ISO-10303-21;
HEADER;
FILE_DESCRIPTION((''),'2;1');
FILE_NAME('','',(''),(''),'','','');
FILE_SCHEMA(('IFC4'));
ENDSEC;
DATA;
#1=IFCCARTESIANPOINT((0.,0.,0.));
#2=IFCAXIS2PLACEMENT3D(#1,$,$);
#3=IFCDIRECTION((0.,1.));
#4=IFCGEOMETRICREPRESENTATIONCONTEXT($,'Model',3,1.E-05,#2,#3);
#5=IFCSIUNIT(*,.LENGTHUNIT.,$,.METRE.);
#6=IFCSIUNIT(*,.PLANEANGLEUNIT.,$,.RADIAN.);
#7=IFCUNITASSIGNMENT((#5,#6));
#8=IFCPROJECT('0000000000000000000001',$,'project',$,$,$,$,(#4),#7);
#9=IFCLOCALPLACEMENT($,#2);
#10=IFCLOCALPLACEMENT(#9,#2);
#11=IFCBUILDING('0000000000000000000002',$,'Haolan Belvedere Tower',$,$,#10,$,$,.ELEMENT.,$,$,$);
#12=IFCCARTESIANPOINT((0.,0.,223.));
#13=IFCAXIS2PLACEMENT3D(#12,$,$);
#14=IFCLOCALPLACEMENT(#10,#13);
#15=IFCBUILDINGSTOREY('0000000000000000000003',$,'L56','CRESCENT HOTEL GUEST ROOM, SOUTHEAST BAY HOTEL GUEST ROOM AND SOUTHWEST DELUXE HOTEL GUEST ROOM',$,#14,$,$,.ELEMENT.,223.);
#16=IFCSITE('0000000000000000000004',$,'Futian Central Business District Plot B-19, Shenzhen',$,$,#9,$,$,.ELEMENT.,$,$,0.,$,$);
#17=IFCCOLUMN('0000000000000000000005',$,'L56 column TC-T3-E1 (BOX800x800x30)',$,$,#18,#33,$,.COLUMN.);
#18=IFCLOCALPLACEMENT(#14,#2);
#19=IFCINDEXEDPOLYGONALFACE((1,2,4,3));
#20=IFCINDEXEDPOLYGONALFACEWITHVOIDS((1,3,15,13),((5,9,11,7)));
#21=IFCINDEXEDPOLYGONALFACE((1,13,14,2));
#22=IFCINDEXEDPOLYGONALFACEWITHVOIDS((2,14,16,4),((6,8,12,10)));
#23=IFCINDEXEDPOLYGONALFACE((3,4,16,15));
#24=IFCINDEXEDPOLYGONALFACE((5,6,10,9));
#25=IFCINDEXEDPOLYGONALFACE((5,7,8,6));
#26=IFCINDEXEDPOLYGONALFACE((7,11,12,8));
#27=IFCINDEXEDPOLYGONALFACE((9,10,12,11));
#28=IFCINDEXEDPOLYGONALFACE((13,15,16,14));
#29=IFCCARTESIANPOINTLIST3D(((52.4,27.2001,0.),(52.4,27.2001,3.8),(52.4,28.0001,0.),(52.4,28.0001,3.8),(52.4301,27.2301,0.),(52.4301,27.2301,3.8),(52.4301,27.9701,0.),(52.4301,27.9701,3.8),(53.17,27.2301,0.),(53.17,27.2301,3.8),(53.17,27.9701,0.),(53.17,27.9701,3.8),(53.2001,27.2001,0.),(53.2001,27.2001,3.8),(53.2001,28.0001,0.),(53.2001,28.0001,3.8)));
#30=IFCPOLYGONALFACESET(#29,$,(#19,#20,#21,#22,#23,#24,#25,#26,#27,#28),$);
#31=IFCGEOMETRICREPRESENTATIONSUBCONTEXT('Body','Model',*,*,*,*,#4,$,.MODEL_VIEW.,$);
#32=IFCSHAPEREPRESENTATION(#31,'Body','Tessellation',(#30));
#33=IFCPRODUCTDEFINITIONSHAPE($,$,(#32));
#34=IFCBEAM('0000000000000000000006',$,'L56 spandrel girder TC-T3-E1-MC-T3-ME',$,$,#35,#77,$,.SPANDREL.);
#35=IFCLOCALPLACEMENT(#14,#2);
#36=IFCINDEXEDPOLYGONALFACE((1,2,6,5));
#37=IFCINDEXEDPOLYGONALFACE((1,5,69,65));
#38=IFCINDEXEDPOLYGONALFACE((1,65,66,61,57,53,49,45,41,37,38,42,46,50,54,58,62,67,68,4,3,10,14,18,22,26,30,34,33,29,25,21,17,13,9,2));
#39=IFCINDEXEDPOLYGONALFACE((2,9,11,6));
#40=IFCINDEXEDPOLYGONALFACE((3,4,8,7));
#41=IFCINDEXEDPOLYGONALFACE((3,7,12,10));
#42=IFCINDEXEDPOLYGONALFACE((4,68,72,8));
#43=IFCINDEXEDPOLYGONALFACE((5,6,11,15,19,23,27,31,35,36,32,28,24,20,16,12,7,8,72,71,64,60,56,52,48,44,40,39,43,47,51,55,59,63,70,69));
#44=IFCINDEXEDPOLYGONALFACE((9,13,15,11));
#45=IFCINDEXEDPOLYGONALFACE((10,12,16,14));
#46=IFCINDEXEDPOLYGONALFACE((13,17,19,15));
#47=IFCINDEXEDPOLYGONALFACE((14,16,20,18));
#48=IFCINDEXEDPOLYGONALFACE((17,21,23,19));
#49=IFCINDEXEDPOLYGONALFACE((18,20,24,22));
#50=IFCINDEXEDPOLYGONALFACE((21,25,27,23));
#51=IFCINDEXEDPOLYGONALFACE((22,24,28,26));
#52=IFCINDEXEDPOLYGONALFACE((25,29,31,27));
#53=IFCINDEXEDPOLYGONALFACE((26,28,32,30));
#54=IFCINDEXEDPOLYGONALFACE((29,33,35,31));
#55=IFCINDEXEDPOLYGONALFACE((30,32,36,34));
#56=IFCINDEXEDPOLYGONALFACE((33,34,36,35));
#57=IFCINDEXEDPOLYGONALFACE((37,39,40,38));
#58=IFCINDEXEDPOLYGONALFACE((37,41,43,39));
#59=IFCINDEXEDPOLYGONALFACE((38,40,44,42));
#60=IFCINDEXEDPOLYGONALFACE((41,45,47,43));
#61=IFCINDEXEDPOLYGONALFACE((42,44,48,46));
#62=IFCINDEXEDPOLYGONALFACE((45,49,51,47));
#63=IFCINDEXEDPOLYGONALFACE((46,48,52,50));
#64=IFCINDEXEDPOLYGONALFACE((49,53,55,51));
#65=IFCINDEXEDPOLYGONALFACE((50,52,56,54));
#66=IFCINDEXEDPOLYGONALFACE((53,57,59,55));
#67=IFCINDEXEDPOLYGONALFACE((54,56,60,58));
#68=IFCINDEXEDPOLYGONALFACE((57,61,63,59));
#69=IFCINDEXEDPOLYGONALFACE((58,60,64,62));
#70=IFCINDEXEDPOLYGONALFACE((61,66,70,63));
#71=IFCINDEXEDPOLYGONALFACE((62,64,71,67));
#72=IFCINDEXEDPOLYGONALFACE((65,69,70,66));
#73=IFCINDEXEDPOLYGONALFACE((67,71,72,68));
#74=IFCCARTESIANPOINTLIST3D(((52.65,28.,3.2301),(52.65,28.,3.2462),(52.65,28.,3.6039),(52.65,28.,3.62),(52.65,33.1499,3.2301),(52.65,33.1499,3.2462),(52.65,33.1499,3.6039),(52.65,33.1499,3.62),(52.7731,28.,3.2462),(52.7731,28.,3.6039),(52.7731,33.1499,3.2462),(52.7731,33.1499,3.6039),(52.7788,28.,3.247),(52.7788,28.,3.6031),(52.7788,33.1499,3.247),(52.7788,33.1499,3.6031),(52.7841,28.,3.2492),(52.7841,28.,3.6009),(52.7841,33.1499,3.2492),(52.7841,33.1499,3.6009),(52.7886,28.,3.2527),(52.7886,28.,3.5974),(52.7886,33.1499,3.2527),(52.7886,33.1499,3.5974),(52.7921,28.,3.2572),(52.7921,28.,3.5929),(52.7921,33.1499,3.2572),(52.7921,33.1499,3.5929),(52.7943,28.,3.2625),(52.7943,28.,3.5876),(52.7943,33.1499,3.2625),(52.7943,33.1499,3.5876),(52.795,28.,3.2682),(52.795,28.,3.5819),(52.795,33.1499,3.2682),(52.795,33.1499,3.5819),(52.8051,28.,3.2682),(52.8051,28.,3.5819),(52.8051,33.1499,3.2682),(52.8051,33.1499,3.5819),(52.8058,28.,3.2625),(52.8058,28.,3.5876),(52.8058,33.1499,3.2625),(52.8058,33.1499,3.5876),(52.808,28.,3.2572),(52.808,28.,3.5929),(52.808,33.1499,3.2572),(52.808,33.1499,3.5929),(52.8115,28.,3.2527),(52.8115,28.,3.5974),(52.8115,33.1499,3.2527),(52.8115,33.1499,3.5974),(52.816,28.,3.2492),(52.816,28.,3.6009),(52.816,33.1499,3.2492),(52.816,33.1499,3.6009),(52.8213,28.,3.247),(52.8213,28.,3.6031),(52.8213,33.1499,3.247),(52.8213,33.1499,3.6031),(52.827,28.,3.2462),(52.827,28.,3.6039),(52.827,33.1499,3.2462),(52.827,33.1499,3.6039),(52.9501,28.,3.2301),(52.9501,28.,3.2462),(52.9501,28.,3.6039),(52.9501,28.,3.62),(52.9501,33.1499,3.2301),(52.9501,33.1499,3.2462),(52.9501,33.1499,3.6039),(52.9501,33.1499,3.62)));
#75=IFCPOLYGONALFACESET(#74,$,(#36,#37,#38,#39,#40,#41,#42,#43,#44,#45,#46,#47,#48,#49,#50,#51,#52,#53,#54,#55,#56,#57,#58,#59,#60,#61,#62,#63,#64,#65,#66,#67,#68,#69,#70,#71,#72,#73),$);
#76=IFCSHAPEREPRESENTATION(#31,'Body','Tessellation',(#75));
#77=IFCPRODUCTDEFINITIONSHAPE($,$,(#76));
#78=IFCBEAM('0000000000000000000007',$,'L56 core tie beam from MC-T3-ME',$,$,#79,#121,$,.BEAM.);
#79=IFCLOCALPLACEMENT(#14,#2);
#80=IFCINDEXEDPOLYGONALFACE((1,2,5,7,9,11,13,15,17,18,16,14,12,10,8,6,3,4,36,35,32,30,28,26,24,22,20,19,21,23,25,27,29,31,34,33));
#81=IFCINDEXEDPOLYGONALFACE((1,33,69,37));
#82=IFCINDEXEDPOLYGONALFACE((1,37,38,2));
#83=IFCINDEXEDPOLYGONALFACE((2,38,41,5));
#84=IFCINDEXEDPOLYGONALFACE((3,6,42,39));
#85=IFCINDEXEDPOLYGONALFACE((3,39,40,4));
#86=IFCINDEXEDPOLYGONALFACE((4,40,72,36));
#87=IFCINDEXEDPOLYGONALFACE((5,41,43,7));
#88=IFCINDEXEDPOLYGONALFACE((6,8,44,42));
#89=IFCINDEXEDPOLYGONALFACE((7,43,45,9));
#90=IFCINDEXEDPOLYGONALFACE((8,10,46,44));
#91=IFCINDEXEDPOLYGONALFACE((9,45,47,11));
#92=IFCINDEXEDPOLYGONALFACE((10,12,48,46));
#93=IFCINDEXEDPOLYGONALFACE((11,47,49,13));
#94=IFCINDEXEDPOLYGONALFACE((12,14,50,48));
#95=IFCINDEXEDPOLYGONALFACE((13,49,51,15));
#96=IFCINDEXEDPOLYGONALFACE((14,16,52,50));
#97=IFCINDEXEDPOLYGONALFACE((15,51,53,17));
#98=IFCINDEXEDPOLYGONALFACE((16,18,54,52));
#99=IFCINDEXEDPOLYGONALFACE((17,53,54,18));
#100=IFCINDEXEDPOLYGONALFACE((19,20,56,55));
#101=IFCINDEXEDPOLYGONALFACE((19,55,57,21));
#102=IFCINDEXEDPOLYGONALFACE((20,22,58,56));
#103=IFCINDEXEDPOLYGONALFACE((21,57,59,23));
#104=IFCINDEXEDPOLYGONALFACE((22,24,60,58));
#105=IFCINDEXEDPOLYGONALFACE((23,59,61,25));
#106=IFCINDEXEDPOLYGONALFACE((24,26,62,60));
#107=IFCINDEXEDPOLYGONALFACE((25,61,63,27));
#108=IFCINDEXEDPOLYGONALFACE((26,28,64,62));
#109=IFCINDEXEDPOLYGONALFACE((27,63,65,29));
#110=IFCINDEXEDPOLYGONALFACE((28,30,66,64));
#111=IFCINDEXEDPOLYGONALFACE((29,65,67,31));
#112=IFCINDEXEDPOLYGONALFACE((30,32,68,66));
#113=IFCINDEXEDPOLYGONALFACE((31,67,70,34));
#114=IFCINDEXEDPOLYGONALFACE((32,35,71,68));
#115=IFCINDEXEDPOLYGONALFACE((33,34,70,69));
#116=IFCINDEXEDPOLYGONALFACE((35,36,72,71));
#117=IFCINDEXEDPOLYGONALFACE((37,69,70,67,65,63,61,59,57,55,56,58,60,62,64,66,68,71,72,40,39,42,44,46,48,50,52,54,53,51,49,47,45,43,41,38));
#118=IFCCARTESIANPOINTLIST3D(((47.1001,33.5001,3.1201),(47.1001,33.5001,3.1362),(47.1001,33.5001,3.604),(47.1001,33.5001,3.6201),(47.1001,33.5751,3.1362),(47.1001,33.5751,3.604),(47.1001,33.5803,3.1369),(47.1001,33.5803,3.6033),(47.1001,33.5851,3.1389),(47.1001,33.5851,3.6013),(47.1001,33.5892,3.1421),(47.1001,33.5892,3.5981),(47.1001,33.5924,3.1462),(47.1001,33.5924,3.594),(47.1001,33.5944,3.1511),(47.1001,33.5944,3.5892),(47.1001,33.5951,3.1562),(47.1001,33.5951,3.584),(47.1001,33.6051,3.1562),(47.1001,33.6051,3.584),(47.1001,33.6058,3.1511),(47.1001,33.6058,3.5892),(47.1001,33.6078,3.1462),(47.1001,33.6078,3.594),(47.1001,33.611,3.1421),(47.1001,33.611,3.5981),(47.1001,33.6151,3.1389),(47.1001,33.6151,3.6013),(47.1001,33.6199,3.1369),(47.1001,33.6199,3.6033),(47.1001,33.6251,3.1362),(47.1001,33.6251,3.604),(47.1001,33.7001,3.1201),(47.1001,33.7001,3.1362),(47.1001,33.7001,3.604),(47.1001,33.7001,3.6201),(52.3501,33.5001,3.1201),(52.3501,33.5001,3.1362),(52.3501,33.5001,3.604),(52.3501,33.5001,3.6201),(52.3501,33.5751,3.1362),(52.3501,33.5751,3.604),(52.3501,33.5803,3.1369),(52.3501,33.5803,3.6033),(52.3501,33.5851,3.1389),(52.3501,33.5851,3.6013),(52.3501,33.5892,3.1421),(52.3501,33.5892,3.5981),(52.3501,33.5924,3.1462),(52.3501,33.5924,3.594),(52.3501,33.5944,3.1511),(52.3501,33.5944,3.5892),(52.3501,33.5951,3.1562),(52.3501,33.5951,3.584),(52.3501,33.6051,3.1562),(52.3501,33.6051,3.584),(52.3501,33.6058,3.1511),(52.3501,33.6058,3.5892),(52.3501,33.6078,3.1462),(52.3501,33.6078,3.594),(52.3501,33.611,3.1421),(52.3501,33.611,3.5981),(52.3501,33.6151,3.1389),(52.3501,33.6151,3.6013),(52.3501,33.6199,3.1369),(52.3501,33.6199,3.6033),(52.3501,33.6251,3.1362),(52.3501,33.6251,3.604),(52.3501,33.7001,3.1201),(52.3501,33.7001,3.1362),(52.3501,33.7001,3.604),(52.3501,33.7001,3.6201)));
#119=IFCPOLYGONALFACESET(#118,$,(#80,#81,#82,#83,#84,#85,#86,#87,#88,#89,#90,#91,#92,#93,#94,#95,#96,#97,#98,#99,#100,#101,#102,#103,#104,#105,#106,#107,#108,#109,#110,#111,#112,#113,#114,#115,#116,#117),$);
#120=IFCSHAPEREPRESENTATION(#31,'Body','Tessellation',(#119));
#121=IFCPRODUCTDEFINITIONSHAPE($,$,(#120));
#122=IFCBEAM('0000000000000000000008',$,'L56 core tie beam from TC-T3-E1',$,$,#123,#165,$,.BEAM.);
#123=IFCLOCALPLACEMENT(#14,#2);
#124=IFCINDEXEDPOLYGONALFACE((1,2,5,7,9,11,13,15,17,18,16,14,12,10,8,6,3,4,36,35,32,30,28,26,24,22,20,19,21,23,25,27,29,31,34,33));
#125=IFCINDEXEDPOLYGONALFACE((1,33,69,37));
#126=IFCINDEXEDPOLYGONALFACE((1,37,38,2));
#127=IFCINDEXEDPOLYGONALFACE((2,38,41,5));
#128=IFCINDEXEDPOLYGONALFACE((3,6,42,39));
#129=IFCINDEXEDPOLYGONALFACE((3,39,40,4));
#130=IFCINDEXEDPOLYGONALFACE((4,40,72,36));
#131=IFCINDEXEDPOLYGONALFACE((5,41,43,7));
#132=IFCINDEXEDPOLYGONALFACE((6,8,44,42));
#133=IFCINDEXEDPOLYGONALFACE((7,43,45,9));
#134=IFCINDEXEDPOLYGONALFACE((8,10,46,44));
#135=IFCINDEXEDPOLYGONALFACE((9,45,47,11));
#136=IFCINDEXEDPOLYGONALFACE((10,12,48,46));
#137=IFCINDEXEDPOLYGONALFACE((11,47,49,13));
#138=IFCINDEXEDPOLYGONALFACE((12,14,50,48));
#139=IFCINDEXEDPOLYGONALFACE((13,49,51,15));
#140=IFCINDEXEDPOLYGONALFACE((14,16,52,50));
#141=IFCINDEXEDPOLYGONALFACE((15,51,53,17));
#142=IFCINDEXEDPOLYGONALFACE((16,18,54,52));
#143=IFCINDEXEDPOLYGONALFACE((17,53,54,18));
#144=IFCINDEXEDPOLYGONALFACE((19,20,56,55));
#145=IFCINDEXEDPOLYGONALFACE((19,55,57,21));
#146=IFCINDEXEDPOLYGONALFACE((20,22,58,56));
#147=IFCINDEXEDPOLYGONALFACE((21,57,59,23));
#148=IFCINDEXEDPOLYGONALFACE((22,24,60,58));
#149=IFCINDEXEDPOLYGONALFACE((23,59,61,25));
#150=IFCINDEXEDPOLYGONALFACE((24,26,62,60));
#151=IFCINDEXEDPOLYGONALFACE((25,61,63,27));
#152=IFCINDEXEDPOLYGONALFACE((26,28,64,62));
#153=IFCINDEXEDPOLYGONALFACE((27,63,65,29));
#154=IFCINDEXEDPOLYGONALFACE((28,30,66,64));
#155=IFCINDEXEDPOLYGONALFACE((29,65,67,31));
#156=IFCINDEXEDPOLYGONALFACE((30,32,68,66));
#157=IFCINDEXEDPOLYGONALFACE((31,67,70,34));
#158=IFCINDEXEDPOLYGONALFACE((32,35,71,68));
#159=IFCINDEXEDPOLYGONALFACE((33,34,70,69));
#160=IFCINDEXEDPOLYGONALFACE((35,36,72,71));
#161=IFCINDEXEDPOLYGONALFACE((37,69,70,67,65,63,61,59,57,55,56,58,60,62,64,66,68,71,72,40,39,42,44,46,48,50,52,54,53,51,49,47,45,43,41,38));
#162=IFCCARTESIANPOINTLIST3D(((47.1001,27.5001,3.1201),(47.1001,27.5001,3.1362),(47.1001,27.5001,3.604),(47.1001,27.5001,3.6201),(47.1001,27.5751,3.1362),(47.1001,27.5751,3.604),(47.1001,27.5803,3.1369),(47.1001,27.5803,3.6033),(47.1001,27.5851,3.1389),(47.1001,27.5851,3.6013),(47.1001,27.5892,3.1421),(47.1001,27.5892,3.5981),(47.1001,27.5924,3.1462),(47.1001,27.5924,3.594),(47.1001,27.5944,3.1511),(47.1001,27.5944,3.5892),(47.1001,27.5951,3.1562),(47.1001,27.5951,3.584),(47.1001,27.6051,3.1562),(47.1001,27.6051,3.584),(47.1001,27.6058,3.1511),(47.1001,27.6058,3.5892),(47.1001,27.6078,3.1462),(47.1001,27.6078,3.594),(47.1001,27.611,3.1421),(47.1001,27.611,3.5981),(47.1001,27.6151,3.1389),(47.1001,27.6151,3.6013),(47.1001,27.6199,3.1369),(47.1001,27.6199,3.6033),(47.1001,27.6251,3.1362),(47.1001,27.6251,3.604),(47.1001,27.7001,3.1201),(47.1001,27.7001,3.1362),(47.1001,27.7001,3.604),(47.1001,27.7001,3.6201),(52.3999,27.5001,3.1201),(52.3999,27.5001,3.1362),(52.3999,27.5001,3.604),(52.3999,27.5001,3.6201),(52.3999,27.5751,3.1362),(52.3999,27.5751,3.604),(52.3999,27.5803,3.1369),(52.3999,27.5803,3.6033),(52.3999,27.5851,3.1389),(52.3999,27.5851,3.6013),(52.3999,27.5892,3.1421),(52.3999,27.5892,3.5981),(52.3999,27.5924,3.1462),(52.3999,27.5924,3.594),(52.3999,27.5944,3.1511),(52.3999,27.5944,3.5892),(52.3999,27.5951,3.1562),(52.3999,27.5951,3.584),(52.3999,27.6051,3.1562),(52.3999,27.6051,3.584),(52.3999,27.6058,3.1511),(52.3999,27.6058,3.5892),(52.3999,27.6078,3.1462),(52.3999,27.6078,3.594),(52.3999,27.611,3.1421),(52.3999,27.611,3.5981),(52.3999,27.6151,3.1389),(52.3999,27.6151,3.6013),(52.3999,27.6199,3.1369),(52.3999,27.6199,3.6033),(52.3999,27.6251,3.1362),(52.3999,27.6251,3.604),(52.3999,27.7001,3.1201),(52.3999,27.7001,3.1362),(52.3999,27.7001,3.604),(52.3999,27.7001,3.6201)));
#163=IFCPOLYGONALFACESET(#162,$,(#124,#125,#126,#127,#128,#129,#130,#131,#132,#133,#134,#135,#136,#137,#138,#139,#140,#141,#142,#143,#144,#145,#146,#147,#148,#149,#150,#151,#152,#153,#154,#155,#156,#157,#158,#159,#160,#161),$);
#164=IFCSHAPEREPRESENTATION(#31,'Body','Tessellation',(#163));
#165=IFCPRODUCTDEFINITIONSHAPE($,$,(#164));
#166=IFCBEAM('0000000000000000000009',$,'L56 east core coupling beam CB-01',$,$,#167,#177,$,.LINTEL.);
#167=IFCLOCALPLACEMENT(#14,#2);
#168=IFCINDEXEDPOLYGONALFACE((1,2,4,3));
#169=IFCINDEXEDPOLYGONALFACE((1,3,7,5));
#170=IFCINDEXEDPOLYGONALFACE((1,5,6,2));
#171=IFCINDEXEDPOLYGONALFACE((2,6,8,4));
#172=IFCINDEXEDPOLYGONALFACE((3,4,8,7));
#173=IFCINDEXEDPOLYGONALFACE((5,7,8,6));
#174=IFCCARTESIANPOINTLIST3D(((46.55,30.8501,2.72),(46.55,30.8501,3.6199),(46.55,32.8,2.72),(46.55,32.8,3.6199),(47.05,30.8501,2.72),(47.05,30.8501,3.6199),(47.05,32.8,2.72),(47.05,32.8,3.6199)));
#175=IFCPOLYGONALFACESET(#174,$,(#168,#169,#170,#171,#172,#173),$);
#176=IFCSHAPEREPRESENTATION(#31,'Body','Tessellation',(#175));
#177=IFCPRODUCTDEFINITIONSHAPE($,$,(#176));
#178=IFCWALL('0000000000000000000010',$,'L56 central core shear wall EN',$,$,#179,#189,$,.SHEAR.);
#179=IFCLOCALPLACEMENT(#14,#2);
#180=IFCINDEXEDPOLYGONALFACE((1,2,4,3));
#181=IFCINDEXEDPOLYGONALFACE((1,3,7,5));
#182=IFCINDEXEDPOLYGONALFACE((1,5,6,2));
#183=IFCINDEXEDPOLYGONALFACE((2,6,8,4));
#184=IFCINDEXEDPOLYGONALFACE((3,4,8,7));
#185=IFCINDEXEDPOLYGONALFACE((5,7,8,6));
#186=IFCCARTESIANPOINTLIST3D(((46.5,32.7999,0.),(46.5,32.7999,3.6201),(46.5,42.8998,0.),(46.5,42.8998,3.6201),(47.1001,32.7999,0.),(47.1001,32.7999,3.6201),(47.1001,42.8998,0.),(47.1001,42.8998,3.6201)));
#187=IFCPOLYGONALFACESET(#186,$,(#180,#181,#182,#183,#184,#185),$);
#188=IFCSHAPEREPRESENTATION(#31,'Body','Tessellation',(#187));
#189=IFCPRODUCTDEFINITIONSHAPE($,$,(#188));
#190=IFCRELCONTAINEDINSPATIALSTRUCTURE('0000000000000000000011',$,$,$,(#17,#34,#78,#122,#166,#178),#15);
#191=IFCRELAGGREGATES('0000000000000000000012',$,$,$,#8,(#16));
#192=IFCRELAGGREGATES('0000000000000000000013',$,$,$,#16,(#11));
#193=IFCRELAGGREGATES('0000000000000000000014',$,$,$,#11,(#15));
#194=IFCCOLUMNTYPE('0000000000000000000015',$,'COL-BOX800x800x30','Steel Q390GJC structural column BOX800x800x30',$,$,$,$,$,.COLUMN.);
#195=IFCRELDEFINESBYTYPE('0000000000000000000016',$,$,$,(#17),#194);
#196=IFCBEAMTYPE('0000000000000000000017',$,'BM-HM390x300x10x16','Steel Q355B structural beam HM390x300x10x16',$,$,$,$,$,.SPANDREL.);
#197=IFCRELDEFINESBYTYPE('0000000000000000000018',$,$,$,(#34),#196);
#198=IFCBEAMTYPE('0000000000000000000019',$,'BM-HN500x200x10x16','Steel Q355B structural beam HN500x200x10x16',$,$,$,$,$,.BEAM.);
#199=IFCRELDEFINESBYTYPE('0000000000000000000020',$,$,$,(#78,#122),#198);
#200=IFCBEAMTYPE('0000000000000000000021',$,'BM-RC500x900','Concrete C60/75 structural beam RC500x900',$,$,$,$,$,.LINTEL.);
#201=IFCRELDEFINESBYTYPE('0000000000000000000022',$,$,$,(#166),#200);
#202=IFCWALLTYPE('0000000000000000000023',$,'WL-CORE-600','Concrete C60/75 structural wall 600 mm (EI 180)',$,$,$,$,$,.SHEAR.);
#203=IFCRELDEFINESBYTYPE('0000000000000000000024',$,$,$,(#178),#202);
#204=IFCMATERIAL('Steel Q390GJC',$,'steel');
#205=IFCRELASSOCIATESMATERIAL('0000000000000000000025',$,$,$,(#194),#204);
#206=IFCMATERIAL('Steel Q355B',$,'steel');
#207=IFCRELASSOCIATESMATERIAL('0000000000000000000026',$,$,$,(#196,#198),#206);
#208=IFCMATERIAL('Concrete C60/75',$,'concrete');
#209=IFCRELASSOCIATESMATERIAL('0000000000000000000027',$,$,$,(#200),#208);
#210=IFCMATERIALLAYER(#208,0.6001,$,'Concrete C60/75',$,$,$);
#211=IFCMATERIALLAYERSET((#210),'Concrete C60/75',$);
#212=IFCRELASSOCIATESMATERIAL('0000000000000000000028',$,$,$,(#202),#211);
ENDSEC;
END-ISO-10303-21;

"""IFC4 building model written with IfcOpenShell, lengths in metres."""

from ifc_helpers import new_model, si_unit, direction, frame, frame_2d, origin, origin_2d, place, context, subcontext, project, spatial, rectangle, hollow_rectangle, i_section, extrude, material, layer, layer_set, material_profile, profile_set, type_object, element, save


model = new_model("IFC4")

# Units and contexts
model_context = context("Model", 3, precision=1e-05, world=origin(), true_north=direction((0.0, 1.0)))
body_context = subcontext(model_context, "Body", "Model", "MODEL_VIEW")
ifc_project = project(units=[si_unit("LENGTHUNIT", "METRE"), si_unit("PLANEANGLEUNIT", "RADIAN")], contexts=[model_context])

# Site, building, storey
site_placement = place(None, origin())
site = spatial("IfcSite", under=ifc_project, at=site_placement, Name="Futian Central Business District Plot B-19, Shenzhen", CompositionType="ELEMENT", RefElevation=0.0)
building_placement = place(site_placement, origin())
building = spatial("IfcBuilding", under=site, at=building_placement, Name="Haolan Belvedere Tower", CompositionType="ELEMENT")
storey_placement = place(building_placement, frame((0.0, 0.0, 223.0)))
storey = spatial("IfcBuildingStorey", under=building, at=storey_placement, Name="L56", Description="CRESCENT HOTEL GUEST ROOM, SOUTHEAST BAY HOTEL GUEST ROOM AND SOUTHWEST DELUXE HOTEL GUEST ROOM", CompositionType="ELEMENT", Elevation=223.0)

# Column
ifc_material_1 = material(Name="Steel Q390GJC", Category="steel")
ifc_material_profile_1 = material_profile(ifc_material_1, hollow_rectangle(XDim=0.8, YDim=0.8, WallThickness=0.03, at=origin_2d()), Name="Steel Q390GJC")
ifc_profile_set_1 = profile_set([ifc_material_profile_1], Name="Steel Q390GJC")
column_type = type_object("IfcColumnType", Name="COL-BOX800x800x30", Description="Steel Q390GJC structural column BOX800x800x30", PredefinedType="COLUMN", material=ifc_profile_set_1)
column_placement = place(storey_placement, frame((52.8, 27.6001, 0.0), z_axis=(0.0, 0.0, 1.0), x_axis=(1.0, 0.0, 0.0)))
element("IfcColumn", 1, at=column_placement, inside=storey, type_object=column_type, Name="L56 column TC-T3-E1 (BOX800x800x30)", PredefinedType="COLUMN", context=body_context, shape_type="SweptSolid", body=[
    extrude(hollow_rectangle(XDim=0.8, YDim=0.8, WallThickness=0.03, at=origin_2d()), origin(), (0.0, 0.0, 1.0), 3.8),
])

# Beams
ifc_material_2 = material(Name="Steel Q355B", Category="steel")
ifc_material_profile_2 = material_profile(ifc_material_2, i_section(OverallWidth=0.3, OverallDepth=0.3899, WebThickness=0.01, FlangeThickness=0.0161, FilletRadius=0.022, at=origin_2d()), Name="Steel Q355B")
ifc_profile_set_2 = profile_set([ifc_material_profile_2], Name="Steel Q355B")
beam_type_1 = type_object("IfcBeamType", Name="BM-HM390x300x10x16", Description="Steel Q355B structural beam HM390x300x10x16", PredefinedType="SPANDREL", material=ifc_profile_set_2)
beam_1_placement = place(storey_placement, frame((52.8, 28.0, 3.425), z_axis=(0.0, 1.0, 0.0), x_axis=(-1.0, 0.0, 0.0)))
element("IfcBeam", 2, at=beam_1_placement, inside=storey, type_object=beam_type_1, Name="L56 spandrel girder TC-T3-E1-MC-T3-ME", PredefinedType="SPANDREL", context=body_context, shape_type="SweptSolid", body=[
    extrude(i_section(OverallWidth=0.3, OverallDepth=0.3899, WebThickness=0.01, FlangeThickness=0.0161, FilletRadius=0.022, at=origin_2d()), origin(), (0.0, 0.0, 1.0), 5.1499),
])
ifc_material_profile_3 = material_profile(ifc_material_2, i_section(OverallWidth=0.2, OverallDepth=0.5, WebThickness=0.01, FlangeThickness=0.0161, FilletRadius=0.02, at=origin_2d()), Name="Steel Q355B")
ifc_profile_set_3 = profile_set([ifc_material_profile_3], Name="Steel Q355B")
beam_type_2 = type_object("IfcBeamType", Name="BM-HN500x200x10x16", Description="Steel Q355B structural beam HN500x200x10x16", PredefinedType="BEAM", material=ifc_profile_set_3)
beam_2_placement = place(storey_placement, frame((52.3501, 33.6001, 3.3701), z_axis=(-1.0, 0.0, 0.0), x_axis=(0.0, -1.0, 0.0)))
element("IfcBeam", 3, at=beam_2_placement, inside=storey, type_object=beam_type_2, Name="L56 core tie beam from MC-T3-ME", PredefinedType="BEAM", context=body_context, shape_type="SweptSolid", body=[
    extrude(i_section(OverallWidth=0.2, OverallDepth=0.5, WebThickness=0.01, FlangeThickness=0.0161, FilletRadius=0.02, at=origin_2d()), origin(), (0.0, 0.0, 1.0), 5.25),
])
beam_3_placement = place(storey_placement, frame((52.3999, 27.6001, 3.3701), z_axis=(-1.0, 0.0, 0.0), x_axis=(0.0, -1.0, 0.0)))
element("IfcBeam", 4, at=beam_3_placement, inside=storey, type_object=beam_type_2, Name="L56 core tie beam from TC-T3-E1", PredefinedType="BEAM", context=body_context, shape_type="SweptSolid", body=[
    extrude(i_section(OverallWidth=0.2, OverallDepth=0.5, WebThickness=0.01, FlangeThickness=0.0161, FilletRadius=0.02, at=origin_2d()), origin(), (0.0, 0.0, 1.0), 5.2998),
])
ifc_material_3 = material(Name="Concrete C60/75", Category="concrete")
ifc_material_profile_4 = material_profile(ifc_material_3, rectangle(XDim=0.5, YDim=0.8999, at=origin_2d()), Name="Concrete C60/75")
ifc_profile_set_4 = profile_set([ifc_material_profile_4], Name="Concrete C60/75")
beam_type_3 = type_object("IfcBeamType", Name="BM-RC500x900", Description="Concrete C60/75 structural beam RC500x900", PredefinedType="LINTEL", material=ifc_profile_set_4)
beam_4_placement = place(storey_placement, frame((46.8, 30.8501, 3.1699), z_axis=(0.0, 1.0, 0.0), x_axis=(-1.0, 0.0, 0.0)))
element("IfcBeam", 5, at=beam_4_placement, inside=storey, type_object=beam_type_3, Name="L56 east core coupling beam CB-01", PredefinedType="LINTEL", context=body_context, shape_type="SweptSolid", body=[
    extrude(rectangle(XDim=0.5, YDim=0.8999, at=origin_2d()), origin(), (0.0, 0.0, 1.0), 1.95),
])

# Wall
ifc_layer_1 = layer(ifc_material_3, 0.6001, Name="Concrete C60/75")
ifc_layer_set_1 = layer_set([ifc_layer_1], Name="Concrete C60/75")
wall_type_1 = type_object("IfcWallType", Name="WL-CORE-600", Description="Concrete C60/75 structural wall 600 mm (EI 180)", PredefinedType="SHEAR", material=ifc_layer_set_1)
wall_1_placement = place(storey_placement, frame((46.8, 32.8, 0.0), z_axis=(0.0, 0.0, 1.0), x_axis=(0.0, 1.0, 0.0)))
element("IfcWall", 6, at=wall_1_placement, inside=storey, type_object=wall_type_1, Name="L56 central core shear wall EN", PredefinedType="SHEAR", context=body_context, shape_type="SweptSolid", body=[
    extrude(rectangle(XDim=10.0999, YDim=0.6001, at=frame_2d((5.0498, 0.0))), origin(), (0.0, 0.0, 1.0), 3.6201),
])

save(model, "model.ifc")
